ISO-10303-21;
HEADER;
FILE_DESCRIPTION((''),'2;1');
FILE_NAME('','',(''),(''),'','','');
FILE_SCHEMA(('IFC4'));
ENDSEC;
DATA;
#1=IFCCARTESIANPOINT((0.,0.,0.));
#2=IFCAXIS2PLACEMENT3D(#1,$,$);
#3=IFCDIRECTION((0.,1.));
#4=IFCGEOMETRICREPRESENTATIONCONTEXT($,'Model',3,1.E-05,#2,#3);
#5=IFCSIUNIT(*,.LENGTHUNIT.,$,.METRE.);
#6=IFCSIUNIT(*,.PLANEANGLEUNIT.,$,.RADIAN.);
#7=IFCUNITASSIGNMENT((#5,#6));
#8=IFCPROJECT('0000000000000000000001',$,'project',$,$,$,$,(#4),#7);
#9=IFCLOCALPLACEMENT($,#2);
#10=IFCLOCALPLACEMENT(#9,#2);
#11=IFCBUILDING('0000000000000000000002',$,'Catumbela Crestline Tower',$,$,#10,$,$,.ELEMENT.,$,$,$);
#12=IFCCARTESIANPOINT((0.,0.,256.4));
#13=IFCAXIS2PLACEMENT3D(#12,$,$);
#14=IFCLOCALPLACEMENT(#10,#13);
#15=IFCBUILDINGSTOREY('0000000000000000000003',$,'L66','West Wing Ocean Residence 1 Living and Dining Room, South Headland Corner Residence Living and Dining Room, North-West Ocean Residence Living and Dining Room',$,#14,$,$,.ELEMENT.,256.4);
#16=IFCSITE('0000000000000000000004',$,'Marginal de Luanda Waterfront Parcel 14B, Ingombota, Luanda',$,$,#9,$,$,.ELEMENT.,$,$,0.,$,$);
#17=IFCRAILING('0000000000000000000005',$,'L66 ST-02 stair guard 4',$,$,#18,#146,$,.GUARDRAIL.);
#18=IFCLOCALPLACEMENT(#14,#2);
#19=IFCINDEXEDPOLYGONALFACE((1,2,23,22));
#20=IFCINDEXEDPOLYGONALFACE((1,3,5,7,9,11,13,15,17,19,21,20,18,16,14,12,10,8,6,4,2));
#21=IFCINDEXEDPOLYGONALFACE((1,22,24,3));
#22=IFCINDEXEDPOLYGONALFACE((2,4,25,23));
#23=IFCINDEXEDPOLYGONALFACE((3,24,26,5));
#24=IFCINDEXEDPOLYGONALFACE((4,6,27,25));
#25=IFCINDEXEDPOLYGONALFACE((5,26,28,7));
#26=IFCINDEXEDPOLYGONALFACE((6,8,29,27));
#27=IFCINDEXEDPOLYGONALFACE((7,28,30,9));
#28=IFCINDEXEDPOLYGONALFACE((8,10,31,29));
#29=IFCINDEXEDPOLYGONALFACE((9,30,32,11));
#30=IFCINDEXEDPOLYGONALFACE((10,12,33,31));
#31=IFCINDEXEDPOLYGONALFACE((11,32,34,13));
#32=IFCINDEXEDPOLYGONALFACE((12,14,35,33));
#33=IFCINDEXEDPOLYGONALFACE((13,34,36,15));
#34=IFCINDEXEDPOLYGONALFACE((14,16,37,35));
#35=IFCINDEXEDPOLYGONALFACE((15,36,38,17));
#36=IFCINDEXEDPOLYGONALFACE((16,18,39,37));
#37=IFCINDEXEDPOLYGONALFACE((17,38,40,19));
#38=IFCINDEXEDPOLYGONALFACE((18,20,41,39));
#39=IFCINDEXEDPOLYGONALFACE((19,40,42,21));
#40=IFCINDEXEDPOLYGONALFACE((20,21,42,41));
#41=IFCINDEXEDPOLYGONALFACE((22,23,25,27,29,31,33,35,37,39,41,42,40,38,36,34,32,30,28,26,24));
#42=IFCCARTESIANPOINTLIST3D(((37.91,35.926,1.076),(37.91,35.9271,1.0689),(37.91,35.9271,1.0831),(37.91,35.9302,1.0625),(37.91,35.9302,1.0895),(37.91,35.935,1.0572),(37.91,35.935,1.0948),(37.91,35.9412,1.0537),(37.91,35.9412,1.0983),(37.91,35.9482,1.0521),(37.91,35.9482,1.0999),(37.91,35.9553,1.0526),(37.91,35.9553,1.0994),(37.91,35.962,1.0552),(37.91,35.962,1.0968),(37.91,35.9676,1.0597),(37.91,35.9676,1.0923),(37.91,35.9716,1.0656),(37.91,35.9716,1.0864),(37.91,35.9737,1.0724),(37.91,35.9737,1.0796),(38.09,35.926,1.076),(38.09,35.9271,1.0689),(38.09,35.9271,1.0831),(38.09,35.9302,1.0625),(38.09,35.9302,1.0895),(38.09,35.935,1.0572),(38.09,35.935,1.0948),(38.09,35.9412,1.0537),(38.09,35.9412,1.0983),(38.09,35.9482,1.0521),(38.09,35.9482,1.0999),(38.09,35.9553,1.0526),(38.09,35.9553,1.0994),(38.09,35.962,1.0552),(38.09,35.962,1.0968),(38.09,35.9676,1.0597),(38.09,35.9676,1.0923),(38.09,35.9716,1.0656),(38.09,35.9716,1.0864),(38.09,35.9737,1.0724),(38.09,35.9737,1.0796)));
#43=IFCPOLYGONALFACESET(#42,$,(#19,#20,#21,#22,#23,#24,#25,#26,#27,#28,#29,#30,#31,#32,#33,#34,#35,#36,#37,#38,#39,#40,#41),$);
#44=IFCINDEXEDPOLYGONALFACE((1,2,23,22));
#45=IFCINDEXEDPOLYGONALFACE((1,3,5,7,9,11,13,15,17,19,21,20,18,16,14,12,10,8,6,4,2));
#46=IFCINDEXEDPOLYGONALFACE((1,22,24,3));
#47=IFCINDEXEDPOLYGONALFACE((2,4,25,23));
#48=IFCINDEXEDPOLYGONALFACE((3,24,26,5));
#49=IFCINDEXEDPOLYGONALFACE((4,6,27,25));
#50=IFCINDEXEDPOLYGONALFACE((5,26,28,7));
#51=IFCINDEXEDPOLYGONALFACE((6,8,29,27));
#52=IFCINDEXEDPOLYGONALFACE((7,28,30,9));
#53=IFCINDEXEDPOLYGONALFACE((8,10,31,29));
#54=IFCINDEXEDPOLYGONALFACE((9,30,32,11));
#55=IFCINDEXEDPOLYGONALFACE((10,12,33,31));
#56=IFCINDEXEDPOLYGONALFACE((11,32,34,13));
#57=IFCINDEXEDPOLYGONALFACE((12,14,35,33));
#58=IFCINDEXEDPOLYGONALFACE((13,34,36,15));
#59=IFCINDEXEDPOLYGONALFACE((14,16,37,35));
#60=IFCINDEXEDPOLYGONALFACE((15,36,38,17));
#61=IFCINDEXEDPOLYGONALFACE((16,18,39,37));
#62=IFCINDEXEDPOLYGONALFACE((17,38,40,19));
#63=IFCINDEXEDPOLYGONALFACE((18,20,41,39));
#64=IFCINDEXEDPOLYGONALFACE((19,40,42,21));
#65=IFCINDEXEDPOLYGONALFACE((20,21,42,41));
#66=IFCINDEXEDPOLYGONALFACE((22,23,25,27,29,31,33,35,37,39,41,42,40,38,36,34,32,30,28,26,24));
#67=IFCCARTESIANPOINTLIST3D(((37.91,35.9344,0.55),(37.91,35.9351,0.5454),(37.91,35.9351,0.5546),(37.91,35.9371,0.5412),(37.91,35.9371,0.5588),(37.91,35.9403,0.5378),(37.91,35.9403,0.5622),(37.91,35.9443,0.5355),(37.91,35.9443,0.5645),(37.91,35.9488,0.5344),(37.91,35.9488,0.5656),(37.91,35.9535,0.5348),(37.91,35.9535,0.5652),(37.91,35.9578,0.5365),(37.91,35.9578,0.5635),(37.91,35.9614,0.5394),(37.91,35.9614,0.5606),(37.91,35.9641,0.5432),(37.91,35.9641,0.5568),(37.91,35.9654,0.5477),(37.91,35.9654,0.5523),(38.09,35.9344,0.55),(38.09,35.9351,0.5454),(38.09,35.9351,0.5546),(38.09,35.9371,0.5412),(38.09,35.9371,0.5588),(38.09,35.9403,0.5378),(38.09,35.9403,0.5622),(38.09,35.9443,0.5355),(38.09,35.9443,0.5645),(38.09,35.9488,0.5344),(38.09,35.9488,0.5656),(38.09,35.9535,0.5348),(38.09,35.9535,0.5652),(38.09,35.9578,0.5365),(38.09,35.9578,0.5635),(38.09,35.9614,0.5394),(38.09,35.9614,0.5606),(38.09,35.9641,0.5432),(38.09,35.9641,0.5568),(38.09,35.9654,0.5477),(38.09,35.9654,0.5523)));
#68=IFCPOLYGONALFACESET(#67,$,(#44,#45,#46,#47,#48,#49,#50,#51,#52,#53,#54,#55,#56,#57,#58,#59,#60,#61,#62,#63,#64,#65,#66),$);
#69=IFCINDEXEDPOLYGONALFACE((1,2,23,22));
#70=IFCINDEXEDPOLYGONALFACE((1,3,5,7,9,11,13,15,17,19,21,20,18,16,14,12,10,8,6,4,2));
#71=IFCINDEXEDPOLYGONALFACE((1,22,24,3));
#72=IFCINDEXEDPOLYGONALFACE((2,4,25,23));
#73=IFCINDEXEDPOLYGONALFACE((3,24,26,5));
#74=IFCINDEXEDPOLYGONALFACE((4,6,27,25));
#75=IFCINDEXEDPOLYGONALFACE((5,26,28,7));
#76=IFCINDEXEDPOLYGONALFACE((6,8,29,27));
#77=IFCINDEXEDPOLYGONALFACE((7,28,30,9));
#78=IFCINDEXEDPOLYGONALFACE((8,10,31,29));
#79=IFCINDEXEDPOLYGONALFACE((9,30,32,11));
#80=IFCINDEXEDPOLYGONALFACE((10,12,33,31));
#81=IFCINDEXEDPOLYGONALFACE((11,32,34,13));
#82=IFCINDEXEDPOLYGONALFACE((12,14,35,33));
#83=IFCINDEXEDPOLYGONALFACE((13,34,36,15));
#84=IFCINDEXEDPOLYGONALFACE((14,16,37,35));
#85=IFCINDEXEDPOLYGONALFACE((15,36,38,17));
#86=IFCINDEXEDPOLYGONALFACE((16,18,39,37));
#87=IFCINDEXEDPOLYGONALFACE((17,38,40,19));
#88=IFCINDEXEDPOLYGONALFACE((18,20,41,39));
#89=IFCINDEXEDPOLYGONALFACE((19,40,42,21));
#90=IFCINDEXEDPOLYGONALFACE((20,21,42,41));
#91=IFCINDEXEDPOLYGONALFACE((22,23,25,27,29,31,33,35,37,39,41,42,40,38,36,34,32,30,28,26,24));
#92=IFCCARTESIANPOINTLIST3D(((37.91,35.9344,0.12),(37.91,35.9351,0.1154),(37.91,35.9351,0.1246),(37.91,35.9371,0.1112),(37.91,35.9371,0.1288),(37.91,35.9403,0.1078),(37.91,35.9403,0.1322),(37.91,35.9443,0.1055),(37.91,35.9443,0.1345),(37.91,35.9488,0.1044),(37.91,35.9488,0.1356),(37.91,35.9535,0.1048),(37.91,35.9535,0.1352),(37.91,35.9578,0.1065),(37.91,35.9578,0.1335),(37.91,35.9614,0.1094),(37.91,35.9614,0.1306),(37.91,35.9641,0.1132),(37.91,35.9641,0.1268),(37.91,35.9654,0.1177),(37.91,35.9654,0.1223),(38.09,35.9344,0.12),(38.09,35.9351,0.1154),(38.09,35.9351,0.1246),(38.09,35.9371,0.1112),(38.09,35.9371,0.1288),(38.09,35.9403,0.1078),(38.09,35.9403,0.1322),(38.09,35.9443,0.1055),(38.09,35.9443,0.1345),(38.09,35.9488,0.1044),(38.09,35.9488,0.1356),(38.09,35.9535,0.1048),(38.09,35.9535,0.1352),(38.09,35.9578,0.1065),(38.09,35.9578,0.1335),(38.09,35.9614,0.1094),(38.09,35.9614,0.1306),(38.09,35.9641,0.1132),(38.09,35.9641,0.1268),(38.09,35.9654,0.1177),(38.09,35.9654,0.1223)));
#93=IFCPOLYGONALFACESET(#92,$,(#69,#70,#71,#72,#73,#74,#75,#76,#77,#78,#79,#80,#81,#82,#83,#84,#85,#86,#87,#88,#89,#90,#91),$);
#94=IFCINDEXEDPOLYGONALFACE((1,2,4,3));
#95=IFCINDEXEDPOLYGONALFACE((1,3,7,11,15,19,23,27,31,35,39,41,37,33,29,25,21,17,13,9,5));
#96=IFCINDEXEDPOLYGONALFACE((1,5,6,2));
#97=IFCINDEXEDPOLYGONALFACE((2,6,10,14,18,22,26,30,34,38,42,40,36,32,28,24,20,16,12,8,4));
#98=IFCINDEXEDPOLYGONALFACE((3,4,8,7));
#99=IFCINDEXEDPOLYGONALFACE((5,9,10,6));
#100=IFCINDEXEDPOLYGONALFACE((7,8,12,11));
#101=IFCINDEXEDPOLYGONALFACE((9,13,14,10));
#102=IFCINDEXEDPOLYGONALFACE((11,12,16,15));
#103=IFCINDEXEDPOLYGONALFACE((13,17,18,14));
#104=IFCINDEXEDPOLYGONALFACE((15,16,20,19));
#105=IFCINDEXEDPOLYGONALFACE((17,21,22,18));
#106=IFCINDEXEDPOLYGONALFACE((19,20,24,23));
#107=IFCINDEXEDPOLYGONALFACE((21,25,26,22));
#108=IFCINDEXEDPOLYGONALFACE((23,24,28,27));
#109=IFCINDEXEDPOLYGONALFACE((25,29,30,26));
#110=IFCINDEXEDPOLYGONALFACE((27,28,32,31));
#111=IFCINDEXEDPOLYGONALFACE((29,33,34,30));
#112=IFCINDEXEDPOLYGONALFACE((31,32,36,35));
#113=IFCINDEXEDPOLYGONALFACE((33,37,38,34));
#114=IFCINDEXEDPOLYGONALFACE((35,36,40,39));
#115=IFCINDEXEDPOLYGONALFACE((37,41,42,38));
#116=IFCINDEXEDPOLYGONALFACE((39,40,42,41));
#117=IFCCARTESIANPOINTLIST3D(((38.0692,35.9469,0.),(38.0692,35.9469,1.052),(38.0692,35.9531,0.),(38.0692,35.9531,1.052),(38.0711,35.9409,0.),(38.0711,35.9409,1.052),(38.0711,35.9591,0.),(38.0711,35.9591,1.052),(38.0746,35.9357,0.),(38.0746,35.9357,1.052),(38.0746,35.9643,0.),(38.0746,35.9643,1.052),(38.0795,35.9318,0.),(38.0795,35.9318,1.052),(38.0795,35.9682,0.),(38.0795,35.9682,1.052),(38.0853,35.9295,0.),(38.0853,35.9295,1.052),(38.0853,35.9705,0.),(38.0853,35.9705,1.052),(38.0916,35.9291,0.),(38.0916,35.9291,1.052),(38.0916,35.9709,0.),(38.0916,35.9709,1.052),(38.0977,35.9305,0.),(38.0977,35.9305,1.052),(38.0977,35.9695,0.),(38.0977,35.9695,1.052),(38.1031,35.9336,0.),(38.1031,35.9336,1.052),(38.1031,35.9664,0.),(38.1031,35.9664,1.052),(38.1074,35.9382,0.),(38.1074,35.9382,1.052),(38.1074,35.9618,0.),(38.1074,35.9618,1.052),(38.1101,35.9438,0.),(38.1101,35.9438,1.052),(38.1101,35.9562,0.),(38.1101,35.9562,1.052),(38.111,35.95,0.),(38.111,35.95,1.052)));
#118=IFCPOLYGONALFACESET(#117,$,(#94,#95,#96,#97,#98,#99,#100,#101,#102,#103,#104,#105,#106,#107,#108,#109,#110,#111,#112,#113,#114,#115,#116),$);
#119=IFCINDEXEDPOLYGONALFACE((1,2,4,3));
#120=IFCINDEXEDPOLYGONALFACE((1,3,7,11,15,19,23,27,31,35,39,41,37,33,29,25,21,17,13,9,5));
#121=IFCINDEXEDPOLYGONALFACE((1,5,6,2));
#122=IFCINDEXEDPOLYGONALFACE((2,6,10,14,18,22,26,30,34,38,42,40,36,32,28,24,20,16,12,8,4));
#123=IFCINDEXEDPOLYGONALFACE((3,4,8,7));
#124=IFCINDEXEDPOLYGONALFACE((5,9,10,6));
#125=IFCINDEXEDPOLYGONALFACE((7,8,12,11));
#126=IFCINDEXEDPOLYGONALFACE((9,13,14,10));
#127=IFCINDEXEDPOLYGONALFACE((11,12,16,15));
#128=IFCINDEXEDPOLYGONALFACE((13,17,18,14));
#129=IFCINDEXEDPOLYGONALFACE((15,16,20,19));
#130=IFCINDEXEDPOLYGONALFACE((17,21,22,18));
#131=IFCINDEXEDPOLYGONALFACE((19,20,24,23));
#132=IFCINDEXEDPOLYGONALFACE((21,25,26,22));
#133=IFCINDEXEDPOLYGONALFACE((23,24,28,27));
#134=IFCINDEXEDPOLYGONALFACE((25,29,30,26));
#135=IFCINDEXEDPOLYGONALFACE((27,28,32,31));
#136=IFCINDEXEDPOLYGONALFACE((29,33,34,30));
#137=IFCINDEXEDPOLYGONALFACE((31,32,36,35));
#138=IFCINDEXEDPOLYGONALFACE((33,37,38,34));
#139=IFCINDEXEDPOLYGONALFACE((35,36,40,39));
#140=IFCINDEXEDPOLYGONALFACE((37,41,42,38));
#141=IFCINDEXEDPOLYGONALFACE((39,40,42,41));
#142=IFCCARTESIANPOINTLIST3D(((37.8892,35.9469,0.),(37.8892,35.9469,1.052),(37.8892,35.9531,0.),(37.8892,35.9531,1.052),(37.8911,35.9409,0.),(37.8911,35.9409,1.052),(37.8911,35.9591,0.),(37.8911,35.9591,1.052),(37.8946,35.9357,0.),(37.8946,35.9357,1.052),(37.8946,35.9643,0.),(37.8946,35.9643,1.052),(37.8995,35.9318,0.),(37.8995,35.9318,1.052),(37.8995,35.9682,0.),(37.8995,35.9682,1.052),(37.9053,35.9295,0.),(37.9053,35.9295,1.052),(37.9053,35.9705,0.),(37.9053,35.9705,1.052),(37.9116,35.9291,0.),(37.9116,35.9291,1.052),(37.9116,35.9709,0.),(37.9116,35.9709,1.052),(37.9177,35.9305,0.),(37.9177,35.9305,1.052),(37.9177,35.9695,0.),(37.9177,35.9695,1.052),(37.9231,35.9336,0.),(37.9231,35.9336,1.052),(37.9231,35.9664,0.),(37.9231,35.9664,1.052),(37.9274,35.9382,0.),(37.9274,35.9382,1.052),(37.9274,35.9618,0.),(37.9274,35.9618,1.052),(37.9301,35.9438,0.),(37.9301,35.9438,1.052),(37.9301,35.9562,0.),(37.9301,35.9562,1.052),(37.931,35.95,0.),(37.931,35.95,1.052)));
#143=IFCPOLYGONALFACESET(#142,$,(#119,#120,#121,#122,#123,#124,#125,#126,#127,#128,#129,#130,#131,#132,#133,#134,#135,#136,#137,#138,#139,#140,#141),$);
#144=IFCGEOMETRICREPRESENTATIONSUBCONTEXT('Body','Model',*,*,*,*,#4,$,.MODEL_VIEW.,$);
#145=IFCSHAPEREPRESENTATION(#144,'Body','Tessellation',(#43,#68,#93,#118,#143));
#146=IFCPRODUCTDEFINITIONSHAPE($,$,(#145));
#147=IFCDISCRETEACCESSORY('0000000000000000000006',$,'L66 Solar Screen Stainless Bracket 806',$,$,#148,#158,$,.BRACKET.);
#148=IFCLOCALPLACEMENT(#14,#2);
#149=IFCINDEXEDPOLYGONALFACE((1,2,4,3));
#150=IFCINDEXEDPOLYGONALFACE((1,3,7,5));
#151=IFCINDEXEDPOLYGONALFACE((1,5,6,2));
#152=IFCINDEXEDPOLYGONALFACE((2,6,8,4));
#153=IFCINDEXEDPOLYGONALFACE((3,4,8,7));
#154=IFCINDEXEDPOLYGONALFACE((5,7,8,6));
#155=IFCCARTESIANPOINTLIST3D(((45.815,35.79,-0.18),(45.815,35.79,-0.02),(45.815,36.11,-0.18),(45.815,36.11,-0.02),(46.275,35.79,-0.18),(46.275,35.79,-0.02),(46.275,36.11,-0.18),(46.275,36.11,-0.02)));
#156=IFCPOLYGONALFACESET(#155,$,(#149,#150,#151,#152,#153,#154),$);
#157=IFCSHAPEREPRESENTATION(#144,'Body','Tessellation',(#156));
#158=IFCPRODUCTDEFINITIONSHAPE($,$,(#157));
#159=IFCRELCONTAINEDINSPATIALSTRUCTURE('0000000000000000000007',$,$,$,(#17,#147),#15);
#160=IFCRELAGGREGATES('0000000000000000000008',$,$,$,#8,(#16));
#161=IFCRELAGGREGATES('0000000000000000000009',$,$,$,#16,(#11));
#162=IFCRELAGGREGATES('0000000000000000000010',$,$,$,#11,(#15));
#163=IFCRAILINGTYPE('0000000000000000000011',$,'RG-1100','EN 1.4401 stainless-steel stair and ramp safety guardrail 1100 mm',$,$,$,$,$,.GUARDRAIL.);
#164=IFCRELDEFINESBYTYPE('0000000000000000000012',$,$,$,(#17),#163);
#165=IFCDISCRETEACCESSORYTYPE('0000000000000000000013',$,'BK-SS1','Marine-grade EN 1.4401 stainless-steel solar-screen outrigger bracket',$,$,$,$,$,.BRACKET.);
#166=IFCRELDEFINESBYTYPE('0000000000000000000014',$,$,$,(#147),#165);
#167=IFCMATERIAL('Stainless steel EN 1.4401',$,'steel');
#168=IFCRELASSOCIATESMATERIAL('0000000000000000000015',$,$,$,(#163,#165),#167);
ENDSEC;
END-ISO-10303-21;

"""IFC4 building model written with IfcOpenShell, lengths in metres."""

from ifc_helpers import new_model, si_unit, direction, frame, origin, origin_2d, place, context, subcontext, project, spatial, rectangle, circle, extrude, material, type_object, element, save


model = new_model("IFC4")

# Units and contexts
model_context = context("Model", 3, precision=1e-05, world=origin(), true_north=direction((0.0, 1.0)))
body_context = subcontext(model_context, "Body", "Model", "MODEL_VIEW")
ifc_project = project(units=[si_unit("LENGTHUNIT", "METRE"), si_unit("PLANEANGLEUNIT", "RADIAN")], contexts=[model_context])

# Site, building, storey
site_placement = place(None, origin())
site = spatial("IfcSite", under=ifc_project, at=site_placement, Name="Marginal de Luanda Waterfront Parcel 14B, Ingombota, Luanda", CompositionType="ELEMENT", RefElevation=0.0)
building_placement = place(site_placement, origin())
building = spatial("IfcBuilding", under=site, at=building_placement, Name="Catumbela Crestline Tower", CompositionType="ELEMENT")
storey_placement = place(building_placement, frame((0.0, 0.0, 256.4)))
storey = spatial("IfcBuildingStorey", under=building, at=storey_placement, Name="L66", Description="West Wing Ocean Residence 1 Living and Dining Room, South Headland Corner Residence Living and Dining Room, North-West Ocean Residence Living and Dining Room", CompositionType="ELEMENT", Elevation=256.4)

# Railing
ifc_material_1 = material(Name="Stainless steel EN 1.4401", Category="steel")
railing_type = type_object("IfcRailingType", Name="RG-1100", Description="EN 1.4401 stainless-steel stair and ramp safety guardrail 1100 mm", PredefinedType="GUARDRAIL", material=ifc_material_1)
railing_placement = place(storey_placement, frame((38.09, 35.95, 0.0)))
element("IfcRailing", 1, at=railing_placement, inside=storey, type_object=railing_type, Name="L66 ST-02 stair guard 4", PredefinedType="GUARDRAIL", context=body_context, shape_type="SweptSolid", body=[
    extrude(circle(Radius=0.024, at=origin_2d()), frame((0.0, 0.0, 1.076), z_axis=(-1.0, 0.0, 0.0), x_axis=(0.0, -1.0, 0.0)), (0.0, 0.0, 1.0), 0.18),
    extrude(circle(Radius=0.0156, at=origin_2d()), frame((0.0, 0.0, 0.55), z_axis=(-1.0, 0.0, 0.0), x_axis=(0.0, -1.0, 0.0)), (0.0, 0.0, 1.0), 0.18),
    extrude(circle(Radius=0.0156, at=origin_2d()), frame((0.0, 0.0, 0.12), z_axis=(-1.0, 0.0, 0.0), x_axis=(0.0, -1.0, 0.0)), (0.0, 0.0, 1.0), 0.18),
    extrude(circle(Radius=0.021, at=origin_2d()), origin(), (0.0, 0.0, 1.0), 1.052),
    extrude(circle(Radius=0.021, at=origin_2d()), frame((-0.18, 0.0, 0.0)), (0.0, 0.0, 1.0), 1.052),
])

# Discrete accessory
discrete_accessory_type = type_object("IfcDiscreteAccessoryType", Name="BK-SS1", Description="Marine-grade EN 1.4401 stainless-steel solar-screen outrigger bracket", PredefinedType="BRACKET", material=ifc_material_1)
discrete_accessory_placement = place(storey_placement, frame((46.045, 35.95, -0.18), z_axis=(0.0, 0.0, 1.0), x_axis=(0.0, 1.0, 0.0)))
element("IfcDiscreteAccessory", 2, at=discrete_accessory_placement, inside=storey, type_object=discrete_accessory_type, Name="L66 Solar Screen Stainless Bracket 806", PredefinedType="BRACKET", context=body_context, shape_type="SweptSolid", body=[
    extrude(rectangle(XDim=0.32, YDim=0.46, at=origin_2d()), origin(), (0.0, 0.0, 1.0), 0.16),
])

save(model, "model.ifc")
